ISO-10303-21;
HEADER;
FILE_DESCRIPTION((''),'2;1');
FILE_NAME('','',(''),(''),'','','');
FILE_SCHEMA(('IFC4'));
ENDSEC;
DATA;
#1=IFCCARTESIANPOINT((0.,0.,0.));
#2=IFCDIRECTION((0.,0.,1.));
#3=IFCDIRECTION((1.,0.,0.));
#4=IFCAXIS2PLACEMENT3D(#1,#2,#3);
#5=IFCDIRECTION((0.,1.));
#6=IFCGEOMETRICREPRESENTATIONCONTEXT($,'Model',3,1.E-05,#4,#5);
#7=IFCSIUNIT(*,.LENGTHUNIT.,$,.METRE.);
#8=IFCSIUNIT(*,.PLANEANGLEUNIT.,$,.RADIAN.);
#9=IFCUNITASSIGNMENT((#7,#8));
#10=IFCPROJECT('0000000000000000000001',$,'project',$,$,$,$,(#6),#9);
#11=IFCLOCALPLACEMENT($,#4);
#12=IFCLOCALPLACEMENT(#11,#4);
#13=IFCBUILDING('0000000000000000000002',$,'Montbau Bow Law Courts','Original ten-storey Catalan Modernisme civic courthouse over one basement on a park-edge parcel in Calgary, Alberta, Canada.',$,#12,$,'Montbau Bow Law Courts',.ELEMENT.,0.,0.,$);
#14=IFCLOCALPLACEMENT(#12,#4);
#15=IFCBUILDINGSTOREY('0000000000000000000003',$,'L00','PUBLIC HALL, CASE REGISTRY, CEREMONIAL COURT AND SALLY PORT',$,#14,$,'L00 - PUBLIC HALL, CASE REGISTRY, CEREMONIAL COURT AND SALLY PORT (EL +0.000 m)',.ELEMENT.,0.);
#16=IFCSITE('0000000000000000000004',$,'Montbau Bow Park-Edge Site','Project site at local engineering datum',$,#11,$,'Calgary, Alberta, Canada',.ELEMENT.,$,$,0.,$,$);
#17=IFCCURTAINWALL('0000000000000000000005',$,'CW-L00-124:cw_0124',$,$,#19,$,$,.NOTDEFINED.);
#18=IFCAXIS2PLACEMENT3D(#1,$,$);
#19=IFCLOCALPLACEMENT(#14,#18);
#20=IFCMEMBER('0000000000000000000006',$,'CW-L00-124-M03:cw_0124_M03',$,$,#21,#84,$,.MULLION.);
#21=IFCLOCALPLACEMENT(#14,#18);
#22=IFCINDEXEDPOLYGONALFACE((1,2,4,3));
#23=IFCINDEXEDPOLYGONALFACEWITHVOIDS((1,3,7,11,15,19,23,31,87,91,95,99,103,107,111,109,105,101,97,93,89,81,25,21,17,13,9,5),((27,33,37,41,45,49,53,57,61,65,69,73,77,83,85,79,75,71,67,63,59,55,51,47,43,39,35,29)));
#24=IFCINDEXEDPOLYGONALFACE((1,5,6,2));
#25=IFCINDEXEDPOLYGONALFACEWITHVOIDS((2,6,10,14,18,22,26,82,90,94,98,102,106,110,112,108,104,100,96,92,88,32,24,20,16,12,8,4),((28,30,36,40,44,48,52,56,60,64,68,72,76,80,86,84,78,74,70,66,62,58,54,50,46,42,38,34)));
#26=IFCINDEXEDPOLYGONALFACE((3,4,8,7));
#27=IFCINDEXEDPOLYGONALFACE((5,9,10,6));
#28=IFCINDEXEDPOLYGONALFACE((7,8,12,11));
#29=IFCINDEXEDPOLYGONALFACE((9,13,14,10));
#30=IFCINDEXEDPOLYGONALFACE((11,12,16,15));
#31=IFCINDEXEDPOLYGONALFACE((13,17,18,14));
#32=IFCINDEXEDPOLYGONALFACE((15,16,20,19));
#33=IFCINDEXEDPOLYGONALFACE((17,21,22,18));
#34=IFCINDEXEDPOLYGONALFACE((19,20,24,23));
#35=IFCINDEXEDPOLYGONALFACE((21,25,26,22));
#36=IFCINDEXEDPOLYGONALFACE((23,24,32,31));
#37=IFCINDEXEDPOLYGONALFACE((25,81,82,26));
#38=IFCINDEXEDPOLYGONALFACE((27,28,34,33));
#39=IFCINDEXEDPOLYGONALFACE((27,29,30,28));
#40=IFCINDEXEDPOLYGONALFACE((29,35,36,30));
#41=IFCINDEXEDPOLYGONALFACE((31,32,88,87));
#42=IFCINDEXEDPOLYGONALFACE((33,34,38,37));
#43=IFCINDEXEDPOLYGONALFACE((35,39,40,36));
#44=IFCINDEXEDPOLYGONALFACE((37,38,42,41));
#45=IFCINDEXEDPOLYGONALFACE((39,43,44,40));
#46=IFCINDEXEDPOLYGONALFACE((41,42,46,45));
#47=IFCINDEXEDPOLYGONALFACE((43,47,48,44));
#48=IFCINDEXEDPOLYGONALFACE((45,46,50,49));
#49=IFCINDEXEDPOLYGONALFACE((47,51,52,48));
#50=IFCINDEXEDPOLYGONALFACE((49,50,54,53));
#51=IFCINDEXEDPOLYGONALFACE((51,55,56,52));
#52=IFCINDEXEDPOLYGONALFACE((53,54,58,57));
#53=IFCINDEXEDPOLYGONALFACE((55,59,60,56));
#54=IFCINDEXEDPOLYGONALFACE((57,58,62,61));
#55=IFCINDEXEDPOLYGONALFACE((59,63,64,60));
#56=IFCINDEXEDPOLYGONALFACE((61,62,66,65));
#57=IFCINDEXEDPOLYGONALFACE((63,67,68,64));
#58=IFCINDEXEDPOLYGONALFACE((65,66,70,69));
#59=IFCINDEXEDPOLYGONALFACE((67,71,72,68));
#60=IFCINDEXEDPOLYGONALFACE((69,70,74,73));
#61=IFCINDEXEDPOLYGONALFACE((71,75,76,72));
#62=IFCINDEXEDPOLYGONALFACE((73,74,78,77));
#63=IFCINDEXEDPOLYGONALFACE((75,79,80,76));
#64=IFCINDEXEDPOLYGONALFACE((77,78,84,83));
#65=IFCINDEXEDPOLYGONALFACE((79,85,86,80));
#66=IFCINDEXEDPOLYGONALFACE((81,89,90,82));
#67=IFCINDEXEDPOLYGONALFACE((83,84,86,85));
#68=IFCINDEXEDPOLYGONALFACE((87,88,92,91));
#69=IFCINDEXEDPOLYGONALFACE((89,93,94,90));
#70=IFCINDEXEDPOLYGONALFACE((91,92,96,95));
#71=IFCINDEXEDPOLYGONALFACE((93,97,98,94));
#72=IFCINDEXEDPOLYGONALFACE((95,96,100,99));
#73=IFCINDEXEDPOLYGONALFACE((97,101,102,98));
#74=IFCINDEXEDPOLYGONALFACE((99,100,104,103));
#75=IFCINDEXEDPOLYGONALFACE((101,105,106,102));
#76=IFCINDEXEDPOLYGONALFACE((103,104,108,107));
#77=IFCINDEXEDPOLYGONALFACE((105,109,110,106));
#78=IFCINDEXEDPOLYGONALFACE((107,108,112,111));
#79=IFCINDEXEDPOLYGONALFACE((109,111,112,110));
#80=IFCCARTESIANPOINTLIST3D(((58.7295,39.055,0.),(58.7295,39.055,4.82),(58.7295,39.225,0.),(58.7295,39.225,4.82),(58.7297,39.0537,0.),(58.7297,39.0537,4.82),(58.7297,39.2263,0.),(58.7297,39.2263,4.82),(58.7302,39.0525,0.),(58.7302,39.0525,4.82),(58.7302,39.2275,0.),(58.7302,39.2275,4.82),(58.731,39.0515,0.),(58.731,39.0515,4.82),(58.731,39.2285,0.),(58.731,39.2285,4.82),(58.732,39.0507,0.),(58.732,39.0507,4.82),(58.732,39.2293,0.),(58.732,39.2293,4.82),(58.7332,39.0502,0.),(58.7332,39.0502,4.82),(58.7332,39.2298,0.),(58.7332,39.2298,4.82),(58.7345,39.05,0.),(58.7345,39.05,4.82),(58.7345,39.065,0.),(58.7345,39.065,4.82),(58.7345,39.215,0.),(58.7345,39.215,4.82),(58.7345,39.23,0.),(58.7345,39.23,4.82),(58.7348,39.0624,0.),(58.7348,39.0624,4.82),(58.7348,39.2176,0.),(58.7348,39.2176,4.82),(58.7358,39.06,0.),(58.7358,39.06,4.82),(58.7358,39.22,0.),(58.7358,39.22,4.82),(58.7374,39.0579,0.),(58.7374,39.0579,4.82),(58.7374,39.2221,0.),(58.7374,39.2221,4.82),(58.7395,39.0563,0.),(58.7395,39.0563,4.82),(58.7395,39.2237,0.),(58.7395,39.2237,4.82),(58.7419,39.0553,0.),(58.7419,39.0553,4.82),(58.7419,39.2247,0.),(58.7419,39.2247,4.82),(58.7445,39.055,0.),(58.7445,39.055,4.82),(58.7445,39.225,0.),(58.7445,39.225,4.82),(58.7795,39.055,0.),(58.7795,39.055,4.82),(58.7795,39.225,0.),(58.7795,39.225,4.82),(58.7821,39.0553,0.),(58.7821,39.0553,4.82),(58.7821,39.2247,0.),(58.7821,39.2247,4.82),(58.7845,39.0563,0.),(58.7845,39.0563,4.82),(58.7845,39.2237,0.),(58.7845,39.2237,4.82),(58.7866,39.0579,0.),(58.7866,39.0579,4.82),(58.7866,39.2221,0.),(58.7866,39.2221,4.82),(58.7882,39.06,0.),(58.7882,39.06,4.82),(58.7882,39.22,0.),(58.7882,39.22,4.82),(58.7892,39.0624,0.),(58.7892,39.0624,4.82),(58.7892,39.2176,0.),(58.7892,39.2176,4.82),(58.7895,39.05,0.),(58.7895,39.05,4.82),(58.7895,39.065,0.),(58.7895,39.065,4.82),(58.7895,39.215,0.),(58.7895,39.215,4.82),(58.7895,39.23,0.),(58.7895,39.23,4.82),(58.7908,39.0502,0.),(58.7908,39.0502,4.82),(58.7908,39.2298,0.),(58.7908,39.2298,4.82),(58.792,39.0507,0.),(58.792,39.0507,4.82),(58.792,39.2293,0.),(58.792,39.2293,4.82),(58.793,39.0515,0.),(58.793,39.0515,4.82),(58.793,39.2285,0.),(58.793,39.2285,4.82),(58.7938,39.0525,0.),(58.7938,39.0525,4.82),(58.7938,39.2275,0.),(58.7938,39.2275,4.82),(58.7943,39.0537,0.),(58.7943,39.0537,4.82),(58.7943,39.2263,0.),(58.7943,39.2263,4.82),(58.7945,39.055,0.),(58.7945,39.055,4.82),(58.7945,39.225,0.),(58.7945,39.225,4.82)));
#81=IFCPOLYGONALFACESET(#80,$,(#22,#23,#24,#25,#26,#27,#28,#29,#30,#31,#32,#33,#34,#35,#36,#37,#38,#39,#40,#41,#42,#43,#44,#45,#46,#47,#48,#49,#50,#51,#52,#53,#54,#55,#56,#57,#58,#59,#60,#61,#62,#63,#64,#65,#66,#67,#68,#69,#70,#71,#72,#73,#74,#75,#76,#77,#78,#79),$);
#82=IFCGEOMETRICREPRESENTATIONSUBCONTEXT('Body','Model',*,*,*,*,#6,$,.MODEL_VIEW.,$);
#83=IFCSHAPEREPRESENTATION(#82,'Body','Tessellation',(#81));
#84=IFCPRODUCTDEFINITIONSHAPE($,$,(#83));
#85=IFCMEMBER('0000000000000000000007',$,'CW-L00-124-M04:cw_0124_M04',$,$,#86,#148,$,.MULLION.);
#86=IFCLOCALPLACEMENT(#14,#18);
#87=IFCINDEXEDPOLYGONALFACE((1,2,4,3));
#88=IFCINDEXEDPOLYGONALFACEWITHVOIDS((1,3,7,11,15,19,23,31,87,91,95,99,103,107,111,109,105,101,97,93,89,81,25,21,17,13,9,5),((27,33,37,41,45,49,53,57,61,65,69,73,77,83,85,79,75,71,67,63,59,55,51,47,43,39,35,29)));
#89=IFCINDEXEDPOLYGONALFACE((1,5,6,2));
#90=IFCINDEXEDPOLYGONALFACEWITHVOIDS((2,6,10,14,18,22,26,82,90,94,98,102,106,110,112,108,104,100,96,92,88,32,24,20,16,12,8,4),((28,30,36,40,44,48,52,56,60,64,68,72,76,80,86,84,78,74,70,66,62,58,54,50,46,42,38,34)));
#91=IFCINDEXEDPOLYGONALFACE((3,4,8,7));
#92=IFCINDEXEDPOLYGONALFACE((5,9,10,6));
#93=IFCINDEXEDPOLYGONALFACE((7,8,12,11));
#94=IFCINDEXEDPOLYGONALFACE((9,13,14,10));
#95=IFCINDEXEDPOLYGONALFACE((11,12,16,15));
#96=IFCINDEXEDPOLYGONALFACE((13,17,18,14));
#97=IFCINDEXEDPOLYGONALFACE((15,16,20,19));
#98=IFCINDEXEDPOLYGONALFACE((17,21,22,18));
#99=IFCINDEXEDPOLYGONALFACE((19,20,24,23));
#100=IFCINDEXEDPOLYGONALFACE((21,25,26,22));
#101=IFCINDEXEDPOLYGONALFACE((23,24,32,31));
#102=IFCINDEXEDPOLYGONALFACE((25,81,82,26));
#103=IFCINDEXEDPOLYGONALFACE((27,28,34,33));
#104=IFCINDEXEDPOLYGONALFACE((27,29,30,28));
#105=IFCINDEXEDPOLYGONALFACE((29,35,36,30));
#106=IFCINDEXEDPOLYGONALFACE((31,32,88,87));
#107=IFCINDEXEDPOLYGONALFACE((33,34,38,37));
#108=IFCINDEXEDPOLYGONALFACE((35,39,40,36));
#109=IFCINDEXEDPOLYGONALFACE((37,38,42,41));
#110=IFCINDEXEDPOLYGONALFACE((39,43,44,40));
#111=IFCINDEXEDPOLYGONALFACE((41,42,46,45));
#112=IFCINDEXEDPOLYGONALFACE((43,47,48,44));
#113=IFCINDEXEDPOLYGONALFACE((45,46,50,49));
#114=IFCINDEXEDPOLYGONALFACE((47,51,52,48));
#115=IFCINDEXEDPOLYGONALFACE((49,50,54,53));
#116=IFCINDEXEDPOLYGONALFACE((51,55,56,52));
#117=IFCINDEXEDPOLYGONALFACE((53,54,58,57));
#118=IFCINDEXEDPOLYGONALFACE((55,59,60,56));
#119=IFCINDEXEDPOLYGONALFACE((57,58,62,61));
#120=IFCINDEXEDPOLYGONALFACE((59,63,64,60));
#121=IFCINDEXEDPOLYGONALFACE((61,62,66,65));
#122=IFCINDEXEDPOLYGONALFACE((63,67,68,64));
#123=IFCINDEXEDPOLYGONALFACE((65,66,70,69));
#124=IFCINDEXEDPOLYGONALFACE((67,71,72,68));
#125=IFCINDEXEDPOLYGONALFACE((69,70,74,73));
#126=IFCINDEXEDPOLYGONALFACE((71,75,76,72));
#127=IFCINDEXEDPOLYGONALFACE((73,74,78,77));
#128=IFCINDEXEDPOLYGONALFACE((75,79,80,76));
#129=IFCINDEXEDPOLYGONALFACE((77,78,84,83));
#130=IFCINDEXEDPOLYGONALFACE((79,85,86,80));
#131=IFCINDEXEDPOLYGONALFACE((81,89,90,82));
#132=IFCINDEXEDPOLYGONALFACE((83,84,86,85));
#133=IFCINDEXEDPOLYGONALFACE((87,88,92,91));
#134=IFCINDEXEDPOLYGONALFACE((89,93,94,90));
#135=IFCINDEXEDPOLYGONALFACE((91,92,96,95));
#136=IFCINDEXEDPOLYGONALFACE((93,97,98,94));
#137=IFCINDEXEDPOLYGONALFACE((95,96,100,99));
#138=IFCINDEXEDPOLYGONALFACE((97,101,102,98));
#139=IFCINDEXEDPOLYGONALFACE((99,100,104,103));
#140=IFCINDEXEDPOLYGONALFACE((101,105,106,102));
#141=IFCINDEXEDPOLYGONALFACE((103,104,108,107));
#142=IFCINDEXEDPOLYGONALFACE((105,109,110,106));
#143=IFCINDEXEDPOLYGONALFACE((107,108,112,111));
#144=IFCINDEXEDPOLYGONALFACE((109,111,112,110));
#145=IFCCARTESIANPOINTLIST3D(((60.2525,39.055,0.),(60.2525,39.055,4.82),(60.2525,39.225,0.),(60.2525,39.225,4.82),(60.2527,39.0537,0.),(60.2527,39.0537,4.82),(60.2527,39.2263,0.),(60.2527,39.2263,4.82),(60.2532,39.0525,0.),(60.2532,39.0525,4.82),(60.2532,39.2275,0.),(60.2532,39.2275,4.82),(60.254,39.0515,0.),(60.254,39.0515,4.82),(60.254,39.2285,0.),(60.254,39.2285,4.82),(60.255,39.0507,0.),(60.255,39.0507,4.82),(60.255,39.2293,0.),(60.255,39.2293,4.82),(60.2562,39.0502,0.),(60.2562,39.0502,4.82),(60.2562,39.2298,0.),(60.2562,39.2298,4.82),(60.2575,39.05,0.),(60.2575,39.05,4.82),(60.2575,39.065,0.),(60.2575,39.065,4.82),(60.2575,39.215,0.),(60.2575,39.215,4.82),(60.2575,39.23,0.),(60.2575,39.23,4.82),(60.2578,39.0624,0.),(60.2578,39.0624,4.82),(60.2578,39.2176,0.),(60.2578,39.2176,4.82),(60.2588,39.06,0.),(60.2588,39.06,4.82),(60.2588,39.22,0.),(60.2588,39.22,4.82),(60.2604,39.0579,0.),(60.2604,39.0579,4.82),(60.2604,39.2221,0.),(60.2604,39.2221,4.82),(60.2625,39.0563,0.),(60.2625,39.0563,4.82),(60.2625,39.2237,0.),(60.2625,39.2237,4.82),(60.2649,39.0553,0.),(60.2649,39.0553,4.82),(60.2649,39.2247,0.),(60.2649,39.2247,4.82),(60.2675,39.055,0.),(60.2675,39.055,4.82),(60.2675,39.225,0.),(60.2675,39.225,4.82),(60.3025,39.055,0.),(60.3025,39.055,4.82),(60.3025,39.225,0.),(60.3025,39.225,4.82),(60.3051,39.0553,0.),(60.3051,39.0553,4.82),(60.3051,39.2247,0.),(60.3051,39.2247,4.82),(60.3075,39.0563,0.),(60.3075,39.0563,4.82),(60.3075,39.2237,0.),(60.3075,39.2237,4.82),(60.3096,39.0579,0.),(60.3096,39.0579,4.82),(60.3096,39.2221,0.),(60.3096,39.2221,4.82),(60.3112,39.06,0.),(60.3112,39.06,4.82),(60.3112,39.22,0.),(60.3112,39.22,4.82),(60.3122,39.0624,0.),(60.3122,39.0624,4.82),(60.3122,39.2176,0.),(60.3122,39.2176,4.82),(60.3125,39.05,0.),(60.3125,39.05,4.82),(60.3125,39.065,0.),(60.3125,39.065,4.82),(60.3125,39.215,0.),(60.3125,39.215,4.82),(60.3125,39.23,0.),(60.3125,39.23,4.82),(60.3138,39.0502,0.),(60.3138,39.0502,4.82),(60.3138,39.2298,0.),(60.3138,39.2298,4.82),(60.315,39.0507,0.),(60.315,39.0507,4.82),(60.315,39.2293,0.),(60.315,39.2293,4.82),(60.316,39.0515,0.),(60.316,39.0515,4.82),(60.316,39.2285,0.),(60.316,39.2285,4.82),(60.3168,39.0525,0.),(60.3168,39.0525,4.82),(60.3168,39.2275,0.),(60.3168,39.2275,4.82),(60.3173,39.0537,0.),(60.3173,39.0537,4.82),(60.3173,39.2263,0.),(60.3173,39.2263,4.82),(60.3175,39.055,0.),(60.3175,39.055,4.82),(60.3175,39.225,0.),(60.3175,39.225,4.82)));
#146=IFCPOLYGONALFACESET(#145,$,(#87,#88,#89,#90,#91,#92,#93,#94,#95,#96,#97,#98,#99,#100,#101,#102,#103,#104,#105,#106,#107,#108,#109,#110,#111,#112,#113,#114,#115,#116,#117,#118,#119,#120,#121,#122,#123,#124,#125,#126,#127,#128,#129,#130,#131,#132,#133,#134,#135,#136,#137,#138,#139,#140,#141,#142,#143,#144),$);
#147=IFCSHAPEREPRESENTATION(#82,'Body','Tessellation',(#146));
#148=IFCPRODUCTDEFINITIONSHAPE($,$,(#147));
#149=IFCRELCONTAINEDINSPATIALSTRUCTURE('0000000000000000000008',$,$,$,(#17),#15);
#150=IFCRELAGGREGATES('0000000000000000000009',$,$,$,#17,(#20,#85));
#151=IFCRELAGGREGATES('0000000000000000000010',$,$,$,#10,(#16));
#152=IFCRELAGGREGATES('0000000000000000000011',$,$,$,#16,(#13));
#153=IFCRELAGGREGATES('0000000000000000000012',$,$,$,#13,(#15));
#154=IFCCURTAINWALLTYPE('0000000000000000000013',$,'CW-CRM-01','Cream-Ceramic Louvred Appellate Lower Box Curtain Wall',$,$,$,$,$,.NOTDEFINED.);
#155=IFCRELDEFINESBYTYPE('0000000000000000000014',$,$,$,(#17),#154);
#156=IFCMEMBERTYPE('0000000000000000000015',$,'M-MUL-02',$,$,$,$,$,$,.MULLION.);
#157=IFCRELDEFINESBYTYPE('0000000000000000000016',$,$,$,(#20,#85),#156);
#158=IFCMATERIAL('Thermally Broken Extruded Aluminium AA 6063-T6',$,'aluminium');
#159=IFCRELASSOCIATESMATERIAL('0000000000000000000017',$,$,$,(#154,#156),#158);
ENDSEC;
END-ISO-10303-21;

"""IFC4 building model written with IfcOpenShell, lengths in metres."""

from ifc_helpers import new_model, si_unit, direction, frame, origin_with_axes, origin_2d_with_axis, place, context, subcontext, project, spatial, hollow_rectangle, extrude, material, material_profile, profile_set, type_object, element, aggregate, save


model = new_model("IFC4")

# Units and contexts
model_context = context("Model", 3, precision=1e-05, world=origin_with_axes(), true_north=direction((0.0, 1.0)))
body_context = subcontext(model_context, "Body", "Model", "MODEL_VIEW")
ifc_project = project(units=[si_unit("LENGTHUNIT", "METRE"), si_unit("PLANEANGLEUNIT", "RADIAN")], contexts=[model_context])

# Site, building, storey
site_placement = place(None, origin_with_axes())
site = spatial("IfcSite", under=ifc_project, at=site_placement, Name="Montbau Bow Park-Edge Site", Description="Project site at local engineering datum", LongName="Calgary, Alberta, Canada", CompositionType="ELEMENT", RefElevation=0.0)
building_placement = place(site_placement, origin_with_axes())
building = spatial("IfcBuilding", under=site, at=building_placement, Name="Montbau Bow Law Courts", Description="Original ten-storey Catalan Modernisme civic courthouse over one basement on a park-edge parcel in Calgary, Alberta, Canada.", LongName="Montbau Bow Law Courts", CompositionType="ELEMENT", ElevationOfRefHeight=0.0, ElevationOfTerrain=0.0)
storey_placement = place(building_placement, origin_with_axes())
storey = spatial("IfcBuildingStorey", under=building, at=storey_placement, Name="L00", Description="PUBLIC HALL, CASE REGISTRY, CEREMONIAL COURT AND SALLY PORT", LongName="L00 - PUBLIC HALL, CASE REGISTRY, CEREMONIAL COURT AND SALLY PORT (EL +0.000 m)", CompositionType="ELEMENT", Elevation=0.0)

# Curtain wall, members
ifc_material_1 = material(Name="Thermally Broken Extruded Aluminium AA 6063-T6", Category="aluminium")
curtain_wall_type = type_object("IfcCurtainWallType", Name="CW-CRM-01", Description="Cream-Ceramic Louvred Appellate Lower Box Curtain Wall", PredefinedType="NOTDEFINED", material=ifc_material_1)
curtain_wall_placement = place(None, frame((55.715, 39.14, 0.0), z_axis=(0.0, 0.0, 1.0), x_axis=(1.0, 0.0, 0.0)))
curtain_wall = element("IfcCurtainWall", 1, at=curtain_wall_placement, inside=storey, type_object=curtain_wall_type, Name="CW-L00-124:cw_0124", PredefinedType="NOTDEFINED")
ifc_material_profile_1 = material_profile(ifc_material_1, hollow_rectangle(XDim=0.065, YDim=0.18, WallThickness=0.005, InnerFilletRadius=0.01, OuterFilletRadius=0.005, at=origin_2d_with_axis()), Name="CWM-180X65", Category="Main", Priority=0)
ifc_profile_set_1 = profile_set([ifc_material_profile_1], Name="Thermally Broken Extruded Aluminium AA 6063-T6")
member_type_1 = type_object("IfcMemberType", Name="M-MUL-02", PredefinedType="MULLION", material=ifc_profile_set_1)
member_1_placement = place(None, frame((58.762, 39.14, 0.0), z_axis=(0.0, 0.0, 1.0), x_axis=(1.0, 0.0, 0.0)))
member_1 = element("IfcMember", 2, at=member_1_placement, type_object=member_type_1, Name="CW-L00-124-M03:cw_0124_M03", PredefinedType="MULLION", context=body_context, shape_type="SweptSolid", body=[
    extrude(hollow_rectangle(XDim=0.065, YDim=0.18, WallThickness=0.005, InnerFilletRadius=0.01, OuterFilletRadius=0.005, at=origin_2d_with_axis()), origin_with_axes(), (0.0, 0.0, 1.0), 4.82),
])
member_2_placement = place(None, frame((60.285, 39.14, 0.0), z_axis=(0.0, 0.0, 1.0), x_axis=(1.0, 0.0, 0.0)))
member_2 = element("IfcMember", 3, at=member_2_placement, type_object=member_type_1, Name="CW-L00-124-M04:cw_0124_M04", PredefinedType="MULLION", context=body_context, shape_type="SweptSolid", body=[
    extrude(hollow_rectangle(XDim=0.065, YDim=0.18, WallThickness=0.005, InnerFilletRadius=0.01, OuterFilletRadius=0.005, at=origin_2d_with_axis()), origin_with_axes(), (0.0, 0.0, 1.0), 4.82),
])
aggregate(curtain_wall, [member_1, member_2])

save(model, "model.ifc")
